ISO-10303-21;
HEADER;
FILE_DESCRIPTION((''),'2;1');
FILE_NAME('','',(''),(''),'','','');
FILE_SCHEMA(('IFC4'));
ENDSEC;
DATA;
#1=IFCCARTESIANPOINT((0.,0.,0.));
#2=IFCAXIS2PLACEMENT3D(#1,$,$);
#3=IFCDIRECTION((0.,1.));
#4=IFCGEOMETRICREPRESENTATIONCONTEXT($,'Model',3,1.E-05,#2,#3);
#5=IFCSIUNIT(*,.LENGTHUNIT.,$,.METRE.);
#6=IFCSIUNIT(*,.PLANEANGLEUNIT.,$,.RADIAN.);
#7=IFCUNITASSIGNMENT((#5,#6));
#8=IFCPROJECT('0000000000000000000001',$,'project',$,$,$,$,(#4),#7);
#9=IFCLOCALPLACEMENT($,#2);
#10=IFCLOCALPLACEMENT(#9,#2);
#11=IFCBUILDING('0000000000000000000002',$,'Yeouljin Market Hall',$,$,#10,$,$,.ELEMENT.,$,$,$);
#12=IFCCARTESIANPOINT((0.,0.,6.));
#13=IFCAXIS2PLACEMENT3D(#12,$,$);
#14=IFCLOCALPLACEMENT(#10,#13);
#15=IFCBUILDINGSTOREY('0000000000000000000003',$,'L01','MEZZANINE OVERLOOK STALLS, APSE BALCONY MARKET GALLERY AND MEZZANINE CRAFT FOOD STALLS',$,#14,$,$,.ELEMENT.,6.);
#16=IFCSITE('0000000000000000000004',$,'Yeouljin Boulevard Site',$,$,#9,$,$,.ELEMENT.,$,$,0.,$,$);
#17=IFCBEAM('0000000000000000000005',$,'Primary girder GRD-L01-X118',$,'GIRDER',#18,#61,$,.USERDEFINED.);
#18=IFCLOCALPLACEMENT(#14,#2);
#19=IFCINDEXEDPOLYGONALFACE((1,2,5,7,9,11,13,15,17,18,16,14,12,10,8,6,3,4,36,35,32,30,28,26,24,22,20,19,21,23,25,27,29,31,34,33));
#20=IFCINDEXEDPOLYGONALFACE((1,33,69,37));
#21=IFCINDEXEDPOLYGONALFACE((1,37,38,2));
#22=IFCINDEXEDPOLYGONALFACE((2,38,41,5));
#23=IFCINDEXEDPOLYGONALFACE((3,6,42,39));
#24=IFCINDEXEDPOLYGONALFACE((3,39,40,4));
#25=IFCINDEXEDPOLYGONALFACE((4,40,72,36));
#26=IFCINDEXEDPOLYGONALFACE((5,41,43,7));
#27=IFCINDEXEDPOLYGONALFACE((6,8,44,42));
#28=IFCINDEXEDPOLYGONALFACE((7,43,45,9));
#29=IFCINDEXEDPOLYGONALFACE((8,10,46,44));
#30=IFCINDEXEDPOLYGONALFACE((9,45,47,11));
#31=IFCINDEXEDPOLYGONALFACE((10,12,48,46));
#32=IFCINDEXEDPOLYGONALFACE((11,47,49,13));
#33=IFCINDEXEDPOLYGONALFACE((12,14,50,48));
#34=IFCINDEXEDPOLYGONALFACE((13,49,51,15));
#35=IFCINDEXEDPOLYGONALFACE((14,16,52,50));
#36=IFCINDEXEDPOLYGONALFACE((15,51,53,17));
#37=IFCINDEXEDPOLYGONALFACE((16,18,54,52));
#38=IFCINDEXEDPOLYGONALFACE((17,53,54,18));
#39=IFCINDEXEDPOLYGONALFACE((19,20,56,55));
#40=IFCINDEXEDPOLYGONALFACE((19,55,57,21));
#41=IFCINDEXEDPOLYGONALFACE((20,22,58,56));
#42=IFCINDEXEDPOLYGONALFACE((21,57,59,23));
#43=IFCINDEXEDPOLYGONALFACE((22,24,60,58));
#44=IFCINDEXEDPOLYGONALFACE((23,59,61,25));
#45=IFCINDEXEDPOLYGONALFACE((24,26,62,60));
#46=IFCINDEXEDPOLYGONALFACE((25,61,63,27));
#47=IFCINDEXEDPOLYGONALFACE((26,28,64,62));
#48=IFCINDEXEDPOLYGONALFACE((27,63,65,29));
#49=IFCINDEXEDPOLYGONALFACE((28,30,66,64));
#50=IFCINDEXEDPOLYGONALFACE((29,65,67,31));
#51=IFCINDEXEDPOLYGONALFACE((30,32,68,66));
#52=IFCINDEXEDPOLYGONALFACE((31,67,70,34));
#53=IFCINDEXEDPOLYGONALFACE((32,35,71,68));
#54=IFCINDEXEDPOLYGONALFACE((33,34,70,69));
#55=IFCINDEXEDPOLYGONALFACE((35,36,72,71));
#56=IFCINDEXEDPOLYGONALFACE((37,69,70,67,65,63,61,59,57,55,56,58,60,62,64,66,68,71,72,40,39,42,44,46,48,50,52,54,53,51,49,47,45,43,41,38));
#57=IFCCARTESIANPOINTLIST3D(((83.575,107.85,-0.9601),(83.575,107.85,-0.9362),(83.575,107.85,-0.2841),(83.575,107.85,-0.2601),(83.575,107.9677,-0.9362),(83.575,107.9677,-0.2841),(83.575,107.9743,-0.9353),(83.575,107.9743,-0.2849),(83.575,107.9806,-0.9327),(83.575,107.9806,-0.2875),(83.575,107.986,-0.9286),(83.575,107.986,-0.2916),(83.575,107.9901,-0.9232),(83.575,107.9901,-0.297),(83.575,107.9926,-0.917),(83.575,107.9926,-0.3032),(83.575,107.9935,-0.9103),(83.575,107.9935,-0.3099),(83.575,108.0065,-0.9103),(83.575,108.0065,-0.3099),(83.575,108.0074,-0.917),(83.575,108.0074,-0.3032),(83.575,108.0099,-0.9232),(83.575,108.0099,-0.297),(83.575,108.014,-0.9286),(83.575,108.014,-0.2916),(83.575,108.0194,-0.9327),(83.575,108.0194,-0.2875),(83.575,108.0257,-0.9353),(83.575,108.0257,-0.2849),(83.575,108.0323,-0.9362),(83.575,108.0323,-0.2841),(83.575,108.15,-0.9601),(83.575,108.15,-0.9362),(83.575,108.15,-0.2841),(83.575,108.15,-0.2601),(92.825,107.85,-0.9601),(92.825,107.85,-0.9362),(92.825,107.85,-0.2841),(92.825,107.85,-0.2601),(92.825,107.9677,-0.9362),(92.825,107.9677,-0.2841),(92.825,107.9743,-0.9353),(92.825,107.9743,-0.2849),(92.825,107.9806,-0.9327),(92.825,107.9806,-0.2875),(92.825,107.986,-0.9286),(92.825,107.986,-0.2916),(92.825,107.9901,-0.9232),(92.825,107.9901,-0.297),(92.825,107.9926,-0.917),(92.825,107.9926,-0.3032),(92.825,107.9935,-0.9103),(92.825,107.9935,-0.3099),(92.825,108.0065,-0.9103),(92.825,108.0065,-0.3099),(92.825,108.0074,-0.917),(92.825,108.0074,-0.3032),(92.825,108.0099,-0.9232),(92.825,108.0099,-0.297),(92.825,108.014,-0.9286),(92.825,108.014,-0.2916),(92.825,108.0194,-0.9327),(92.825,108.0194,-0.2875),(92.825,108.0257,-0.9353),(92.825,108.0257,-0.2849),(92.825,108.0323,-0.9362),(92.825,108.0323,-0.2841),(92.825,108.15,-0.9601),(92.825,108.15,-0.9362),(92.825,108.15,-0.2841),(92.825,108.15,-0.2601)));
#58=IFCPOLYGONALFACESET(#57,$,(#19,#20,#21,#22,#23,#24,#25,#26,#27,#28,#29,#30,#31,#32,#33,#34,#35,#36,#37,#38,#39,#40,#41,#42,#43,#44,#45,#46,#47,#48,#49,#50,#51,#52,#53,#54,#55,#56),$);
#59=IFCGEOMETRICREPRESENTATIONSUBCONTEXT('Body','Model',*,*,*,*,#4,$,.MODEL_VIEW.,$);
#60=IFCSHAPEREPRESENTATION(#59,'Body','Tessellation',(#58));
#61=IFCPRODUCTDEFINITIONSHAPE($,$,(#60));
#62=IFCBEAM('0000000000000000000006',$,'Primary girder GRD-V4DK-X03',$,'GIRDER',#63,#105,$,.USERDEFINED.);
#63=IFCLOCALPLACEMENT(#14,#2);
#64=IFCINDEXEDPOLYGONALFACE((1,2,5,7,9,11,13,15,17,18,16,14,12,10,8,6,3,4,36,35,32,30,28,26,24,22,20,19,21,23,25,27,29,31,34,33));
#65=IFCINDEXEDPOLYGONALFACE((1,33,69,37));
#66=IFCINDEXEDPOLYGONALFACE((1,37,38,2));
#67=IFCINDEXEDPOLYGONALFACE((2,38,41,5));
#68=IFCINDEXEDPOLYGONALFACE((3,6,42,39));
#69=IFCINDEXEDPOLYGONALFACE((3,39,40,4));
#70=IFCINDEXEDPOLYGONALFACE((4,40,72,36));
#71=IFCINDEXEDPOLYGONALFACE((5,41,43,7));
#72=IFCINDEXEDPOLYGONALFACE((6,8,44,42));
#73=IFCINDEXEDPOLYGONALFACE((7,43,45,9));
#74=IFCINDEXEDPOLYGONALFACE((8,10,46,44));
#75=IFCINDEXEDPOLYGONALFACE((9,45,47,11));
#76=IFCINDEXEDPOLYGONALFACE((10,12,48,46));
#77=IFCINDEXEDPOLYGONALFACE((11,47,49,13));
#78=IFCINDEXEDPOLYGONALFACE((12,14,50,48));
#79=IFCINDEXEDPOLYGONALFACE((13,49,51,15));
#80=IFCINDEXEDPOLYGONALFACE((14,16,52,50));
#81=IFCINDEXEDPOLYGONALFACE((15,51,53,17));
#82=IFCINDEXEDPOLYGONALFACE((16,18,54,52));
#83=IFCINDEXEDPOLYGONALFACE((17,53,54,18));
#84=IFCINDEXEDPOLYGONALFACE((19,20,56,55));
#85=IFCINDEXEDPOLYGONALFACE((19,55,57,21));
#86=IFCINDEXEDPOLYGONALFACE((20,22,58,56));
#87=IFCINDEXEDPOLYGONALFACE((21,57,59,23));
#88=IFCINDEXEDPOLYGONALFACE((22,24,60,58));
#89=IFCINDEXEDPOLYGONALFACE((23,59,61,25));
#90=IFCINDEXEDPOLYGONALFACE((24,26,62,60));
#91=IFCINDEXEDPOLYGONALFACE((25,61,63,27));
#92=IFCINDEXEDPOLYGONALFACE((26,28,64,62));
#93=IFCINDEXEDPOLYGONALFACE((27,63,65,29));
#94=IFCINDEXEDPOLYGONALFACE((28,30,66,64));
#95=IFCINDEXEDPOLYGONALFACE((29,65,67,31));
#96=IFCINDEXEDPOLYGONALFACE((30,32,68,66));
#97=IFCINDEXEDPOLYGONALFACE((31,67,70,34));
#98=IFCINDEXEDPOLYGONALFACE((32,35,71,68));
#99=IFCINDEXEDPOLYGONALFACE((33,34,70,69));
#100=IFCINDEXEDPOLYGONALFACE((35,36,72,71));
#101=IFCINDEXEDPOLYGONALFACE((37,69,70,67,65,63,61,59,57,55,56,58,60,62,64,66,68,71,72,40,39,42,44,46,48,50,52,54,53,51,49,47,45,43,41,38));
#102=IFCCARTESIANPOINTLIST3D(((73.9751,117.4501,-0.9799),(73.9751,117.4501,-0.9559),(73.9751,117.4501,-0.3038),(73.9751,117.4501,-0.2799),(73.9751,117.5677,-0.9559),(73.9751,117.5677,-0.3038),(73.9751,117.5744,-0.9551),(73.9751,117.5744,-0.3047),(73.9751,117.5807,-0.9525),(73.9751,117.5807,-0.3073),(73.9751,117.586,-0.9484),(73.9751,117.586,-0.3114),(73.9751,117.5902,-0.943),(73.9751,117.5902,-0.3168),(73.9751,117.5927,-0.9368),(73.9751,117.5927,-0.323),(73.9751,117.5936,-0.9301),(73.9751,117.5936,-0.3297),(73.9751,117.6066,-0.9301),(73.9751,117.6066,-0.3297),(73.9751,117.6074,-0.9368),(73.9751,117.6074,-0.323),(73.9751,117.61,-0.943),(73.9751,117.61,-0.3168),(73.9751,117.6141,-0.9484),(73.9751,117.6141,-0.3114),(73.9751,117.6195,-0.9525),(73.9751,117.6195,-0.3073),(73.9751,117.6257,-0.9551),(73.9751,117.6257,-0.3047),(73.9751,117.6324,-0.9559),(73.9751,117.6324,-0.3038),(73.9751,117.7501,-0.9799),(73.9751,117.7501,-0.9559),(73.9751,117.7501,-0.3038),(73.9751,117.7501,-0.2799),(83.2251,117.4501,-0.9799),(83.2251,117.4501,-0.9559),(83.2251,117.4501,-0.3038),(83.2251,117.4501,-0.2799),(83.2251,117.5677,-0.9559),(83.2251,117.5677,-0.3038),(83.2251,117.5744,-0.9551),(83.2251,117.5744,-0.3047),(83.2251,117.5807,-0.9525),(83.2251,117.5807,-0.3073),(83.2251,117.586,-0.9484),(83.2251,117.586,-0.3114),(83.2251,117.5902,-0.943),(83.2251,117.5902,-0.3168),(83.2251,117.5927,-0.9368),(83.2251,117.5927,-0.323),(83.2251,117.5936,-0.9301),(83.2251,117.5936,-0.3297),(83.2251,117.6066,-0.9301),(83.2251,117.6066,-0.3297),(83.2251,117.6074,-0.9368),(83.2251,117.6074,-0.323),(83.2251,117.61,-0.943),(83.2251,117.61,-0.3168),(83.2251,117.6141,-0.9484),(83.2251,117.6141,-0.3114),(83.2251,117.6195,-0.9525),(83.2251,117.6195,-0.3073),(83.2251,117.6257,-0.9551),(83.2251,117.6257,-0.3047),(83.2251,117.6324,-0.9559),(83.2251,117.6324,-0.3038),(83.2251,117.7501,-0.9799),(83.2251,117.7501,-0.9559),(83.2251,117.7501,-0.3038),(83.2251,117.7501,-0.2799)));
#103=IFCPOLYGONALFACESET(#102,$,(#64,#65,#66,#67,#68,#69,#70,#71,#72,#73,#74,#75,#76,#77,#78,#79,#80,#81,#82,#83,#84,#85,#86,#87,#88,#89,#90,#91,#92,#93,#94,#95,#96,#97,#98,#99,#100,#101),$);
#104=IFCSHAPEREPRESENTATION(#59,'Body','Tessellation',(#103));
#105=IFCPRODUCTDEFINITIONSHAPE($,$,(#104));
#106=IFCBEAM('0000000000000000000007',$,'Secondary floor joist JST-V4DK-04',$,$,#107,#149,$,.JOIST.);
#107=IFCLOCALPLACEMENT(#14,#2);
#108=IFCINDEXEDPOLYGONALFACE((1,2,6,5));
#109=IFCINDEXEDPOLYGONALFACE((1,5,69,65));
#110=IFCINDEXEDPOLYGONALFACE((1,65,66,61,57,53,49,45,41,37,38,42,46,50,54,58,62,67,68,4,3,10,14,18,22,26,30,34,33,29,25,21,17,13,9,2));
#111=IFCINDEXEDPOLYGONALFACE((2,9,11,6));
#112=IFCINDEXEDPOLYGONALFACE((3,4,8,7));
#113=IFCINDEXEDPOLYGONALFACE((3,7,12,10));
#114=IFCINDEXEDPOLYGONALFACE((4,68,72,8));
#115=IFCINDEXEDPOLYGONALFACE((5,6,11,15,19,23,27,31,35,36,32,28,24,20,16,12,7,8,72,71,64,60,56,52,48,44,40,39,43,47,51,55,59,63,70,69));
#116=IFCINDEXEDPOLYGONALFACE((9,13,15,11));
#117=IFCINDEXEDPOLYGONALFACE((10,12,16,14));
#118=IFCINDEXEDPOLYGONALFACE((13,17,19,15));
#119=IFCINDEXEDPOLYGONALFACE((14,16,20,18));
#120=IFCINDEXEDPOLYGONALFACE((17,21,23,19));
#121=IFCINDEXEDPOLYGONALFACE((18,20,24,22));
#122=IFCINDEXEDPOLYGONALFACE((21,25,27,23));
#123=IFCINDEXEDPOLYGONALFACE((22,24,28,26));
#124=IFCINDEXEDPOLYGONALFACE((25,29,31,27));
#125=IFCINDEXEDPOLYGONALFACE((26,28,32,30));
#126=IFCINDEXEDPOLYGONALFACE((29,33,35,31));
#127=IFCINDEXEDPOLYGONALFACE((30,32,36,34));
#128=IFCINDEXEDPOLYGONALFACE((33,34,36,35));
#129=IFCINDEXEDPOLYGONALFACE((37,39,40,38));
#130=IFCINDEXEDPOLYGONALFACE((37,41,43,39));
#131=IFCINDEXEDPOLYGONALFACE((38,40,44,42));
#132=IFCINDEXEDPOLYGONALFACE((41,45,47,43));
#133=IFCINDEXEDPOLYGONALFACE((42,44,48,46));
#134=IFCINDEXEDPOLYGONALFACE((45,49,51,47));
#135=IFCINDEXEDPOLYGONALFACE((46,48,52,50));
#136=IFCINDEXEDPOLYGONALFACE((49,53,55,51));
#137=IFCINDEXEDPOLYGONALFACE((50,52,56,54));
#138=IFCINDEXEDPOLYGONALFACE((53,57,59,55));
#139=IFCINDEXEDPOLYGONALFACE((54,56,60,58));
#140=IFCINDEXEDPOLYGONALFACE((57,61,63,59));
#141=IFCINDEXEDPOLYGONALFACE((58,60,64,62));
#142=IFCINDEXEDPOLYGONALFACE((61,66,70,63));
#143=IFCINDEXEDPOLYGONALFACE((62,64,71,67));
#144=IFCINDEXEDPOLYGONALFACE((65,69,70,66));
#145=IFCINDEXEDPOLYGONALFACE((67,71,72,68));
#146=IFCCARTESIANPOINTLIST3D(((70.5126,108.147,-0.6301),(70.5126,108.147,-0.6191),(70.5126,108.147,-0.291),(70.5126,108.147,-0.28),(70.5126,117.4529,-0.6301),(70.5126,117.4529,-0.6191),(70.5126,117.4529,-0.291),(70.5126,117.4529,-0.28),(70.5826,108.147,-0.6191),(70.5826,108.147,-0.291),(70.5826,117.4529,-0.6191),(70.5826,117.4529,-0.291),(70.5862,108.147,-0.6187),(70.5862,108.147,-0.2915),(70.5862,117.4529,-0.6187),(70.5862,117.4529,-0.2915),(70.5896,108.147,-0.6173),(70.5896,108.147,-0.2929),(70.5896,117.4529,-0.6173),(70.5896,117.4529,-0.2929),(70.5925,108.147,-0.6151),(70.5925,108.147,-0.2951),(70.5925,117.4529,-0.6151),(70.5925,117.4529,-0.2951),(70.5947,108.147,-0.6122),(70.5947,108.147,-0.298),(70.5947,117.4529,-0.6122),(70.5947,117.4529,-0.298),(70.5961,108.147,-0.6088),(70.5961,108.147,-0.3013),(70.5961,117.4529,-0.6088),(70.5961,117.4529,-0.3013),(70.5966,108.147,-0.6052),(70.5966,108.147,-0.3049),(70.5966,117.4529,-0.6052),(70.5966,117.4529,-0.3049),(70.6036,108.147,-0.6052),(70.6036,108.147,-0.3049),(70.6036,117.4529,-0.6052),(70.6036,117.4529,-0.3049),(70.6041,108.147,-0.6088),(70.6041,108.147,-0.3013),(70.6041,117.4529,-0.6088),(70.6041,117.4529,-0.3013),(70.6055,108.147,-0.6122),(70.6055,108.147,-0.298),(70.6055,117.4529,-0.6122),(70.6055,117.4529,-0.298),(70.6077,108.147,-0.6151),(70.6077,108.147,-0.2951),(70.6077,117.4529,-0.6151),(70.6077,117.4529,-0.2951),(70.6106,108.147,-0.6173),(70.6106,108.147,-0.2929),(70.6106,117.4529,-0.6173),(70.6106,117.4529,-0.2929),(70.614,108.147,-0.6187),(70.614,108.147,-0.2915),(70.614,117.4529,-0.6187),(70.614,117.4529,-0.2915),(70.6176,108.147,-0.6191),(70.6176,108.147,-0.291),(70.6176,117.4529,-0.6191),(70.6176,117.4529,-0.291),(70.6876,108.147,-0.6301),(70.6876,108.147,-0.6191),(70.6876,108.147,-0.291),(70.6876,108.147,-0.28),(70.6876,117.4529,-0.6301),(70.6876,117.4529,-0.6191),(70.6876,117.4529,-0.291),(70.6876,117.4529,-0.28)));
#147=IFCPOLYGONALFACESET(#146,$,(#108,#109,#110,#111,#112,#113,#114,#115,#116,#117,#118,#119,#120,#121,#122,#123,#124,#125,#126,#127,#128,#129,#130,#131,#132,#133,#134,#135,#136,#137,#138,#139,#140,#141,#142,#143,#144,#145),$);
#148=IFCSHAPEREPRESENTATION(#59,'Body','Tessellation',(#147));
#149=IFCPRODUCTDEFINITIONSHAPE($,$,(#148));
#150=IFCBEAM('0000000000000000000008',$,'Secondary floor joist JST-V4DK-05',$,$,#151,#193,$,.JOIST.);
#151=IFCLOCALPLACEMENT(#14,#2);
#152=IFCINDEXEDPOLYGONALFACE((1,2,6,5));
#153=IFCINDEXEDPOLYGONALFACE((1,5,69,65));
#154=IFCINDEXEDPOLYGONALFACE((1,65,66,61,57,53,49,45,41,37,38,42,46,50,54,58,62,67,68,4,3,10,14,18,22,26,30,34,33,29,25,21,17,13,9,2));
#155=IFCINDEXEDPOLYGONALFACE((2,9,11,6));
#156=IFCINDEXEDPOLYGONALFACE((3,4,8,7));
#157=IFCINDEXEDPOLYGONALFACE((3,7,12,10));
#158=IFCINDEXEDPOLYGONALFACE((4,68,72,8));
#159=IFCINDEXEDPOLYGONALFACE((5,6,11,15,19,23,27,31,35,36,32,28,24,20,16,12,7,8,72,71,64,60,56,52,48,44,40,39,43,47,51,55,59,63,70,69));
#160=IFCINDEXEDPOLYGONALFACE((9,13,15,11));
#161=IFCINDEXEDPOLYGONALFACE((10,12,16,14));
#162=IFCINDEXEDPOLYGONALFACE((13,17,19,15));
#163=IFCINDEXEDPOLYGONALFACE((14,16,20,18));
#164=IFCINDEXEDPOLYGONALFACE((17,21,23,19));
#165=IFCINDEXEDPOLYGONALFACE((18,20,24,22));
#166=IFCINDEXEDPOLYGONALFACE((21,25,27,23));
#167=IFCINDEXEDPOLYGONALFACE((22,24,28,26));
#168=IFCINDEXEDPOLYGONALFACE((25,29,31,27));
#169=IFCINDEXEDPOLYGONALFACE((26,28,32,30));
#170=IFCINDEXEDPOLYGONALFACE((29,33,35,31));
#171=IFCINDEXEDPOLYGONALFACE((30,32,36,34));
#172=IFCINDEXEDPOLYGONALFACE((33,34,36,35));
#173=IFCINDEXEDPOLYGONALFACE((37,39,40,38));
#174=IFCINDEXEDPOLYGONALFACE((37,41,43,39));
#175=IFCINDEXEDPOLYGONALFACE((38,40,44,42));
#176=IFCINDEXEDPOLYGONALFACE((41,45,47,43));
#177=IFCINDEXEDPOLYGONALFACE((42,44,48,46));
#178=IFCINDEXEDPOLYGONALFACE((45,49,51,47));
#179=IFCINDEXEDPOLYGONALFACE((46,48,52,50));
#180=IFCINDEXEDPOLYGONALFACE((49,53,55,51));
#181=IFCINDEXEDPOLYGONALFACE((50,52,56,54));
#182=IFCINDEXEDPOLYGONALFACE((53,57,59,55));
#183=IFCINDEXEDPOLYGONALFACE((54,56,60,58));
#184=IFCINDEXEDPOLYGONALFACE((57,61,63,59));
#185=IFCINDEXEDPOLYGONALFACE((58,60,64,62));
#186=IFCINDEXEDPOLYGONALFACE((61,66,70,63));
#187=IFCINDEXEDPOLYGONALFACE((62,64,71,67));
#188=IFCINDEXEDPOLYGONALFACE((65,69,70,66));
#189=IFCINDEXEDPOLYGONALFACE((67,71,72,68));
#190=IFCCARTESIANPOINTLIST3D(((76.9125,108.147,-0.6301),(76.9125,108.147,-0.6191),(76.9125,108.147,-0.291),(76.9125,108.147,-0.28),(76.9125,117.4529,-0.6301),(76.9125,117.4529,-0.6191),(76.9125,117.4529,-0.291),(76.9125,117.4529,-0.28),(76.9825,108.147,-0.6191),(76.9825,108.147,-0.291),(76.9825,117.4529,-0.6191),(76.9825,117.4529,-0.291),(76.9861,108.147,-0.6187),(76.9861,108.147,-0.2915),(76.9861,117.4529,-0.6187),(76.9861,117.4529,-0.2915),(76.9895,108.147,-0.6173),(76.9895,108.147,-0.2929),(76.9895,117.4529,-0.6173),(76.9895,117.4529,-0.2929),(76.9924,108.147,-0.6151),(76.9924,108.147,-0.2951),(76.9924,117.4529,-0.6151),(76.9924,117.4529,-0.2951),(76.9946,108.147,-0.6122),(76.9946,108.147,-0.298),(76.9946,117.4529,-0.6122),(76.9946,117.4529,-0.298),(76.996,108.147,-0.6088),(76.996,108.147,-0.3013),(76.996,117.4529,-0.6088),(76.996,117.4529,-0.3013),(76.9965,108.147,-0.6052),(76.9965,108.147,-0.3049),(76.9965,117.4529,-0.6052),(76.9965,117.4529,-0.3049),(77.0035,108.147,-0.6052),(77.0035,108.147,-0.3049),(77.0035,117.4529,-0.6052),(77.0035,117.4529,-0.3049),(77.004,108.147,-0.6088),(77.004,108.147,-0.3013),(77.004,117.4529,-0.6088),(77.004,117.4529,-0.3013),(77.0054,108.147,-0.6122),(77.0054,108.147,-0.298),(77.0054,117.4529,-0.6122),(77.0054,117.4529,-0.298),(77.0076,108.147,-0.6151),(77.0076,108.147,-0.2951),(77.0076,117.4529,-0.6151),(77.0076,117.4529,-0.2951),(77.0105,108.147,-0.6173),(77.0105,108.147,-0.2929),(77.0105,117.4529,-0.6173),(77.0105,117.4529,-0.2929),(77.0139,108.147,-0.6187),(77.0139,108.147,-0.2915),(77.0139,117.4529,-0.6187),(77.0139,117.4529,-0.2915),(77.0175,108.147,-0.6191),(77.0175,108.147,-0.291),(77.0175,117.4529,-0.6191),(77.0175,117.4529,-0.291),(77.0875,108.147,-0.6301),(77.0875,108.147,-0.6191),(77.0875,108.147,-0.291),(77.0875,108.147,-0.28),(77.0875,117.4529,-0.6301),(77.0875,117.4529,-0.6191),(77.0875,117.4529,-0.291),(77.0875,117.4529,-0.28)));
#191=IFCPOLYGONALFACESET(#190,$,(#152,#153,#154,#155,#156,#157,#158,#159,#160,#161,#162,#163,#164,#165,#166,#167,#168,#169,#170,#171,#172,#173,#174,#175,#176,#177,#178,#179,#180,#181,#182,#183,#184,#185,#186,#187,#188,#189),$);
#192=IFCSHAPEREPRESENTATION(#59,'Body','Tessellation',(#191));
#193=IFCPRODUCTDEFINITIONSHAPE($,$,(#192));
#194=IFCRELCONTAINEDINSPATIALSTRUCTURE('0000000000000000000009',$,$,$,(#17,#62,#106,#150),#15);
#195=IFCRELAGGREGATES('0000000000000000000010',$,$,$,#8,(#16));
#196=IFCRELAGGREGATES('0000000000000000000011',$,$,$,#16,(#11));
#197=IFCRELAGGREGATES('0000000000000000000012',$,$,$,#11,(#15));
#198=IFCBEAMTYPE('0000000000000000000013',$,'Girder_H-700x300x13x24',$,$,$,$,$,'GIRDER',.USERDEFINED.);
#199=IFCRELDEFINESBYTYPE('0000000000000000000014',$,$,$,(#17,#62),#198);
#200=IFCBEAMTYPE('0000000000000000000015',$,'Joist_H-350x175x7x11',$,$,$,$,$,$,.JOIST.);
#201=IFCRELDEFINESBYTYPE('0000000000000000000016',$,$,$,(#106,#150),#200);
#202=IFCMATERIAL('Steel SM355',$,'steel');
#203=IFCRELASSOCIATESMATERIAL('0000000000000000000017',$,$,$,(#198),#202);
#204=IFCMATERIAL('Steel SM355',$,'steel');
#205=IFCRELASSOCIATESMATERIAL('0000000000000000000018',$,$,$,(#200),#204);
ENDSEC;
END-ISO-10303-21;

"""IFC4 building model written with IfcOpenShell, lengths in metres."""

from ifc_helpers import new_model, si_unit, direction, frame, origin, origin_2d, place, context, subcontext, project, spatial, i_section, extrude, material, material_profile, profile_set, type_object, element, save


model = new_model("IFC4")

# Units and contexts
model_context = context("Model", 3, precision=1e-05, world=origin(), true_north=direction((0.0, 1.0)))
body_context = subcontext(model_context, "Body", "Model", "MODEL_VIEW")
ifc_project = project(units=[si_unit("LENGTHUNIT", "METRE"), si_unit("PLANEANGLEUNIT", "RADIAN")], contexts=[model_context])

# Site, building, storey
site_placement = place(None, origin())
site = spatial("IfcSite", under=ifc_project, at=site_placement, Name="Yeouljin Boulevard Site", CompositionType="ELEMENT", RefElevation=0.0)
building_placement = place(site_placement, origin())
building = spatial("IfcBuilding", under=site, at=building_placement, Name="Yeouljin Market Hall", CompositionType="ELEMENT")
storey_placement = place(building_placement, frame((0.0, 0.0, 6.0)))
storey = spatial("IfcBuildingStorey", under=building, at=storey_placement, Name="L01", Description="MEZZANINE OVERLOOK STALLS, APSE BALCONY MARKET GALLERY AND MEZZANINE CRAFT FOOD STALLS", CompositionType="ELEMENT", Elevation=6.0)

# Beams
ifc_material_1 = material(Name="Steel SM355", Category="steel")
ifc_material_profile_1 = material_profile(ifc_material_1, i_section(OverallWidth=0.3, OverallDepth=0.7, WebThickness=0.0129, FlangeThickness=0.0239, FilletRadius=0.0259, at=origin_2d()), Name="H-700x300x13x24")
ifc_profile_set_1 = profile_set([ifc_material_profile_1], Name="Steel SM355")
beam_type_1 = type_object("IfcBeamType", Name="Girder_H-700x300x13x24", ElementType="GIRDER", PredefinedType="USERDEFINED", material=ifc_profile_set_1)
for number, where, z_axis, x_axis, name in (
    (1, (83.575, 108.0, -0.6101), (1.0, 0.0, 0.0), (0.0, 1.0, 0.0), "Primary girder GRD-L01-X118"),
    (2, (73.9751, 117.6001, -0.6299), (1.0, 0.0, 0.0), (0.0, 1.0, 0.0), "Primary girder GRD-V4DK-X03"),
):
    element("IfcBeam", number, at=place(storey_placement, frame(where, z_axis=z_axis, x_axis=x_axis)), inside=storey, type_object=beam_type_1, Name=name, ObjectType="GIRDER", PredefinedType="USERDEFINED", context=body_context, shape_type="SweptSolid", body=[
        extrude(i_section(OverallWidth=0.3, OverallDepth=0.7, WebThickness=0.0129, FlangeThickness=0.0239, FilletRadius=0.0259, at=origin_2d()), origin(), (0.0, 0.0, 1.0), 9.25),
    ])
ifc_material_2 = material(Name="Steel SM355", Category="steel")
ifc_material_profile_2 = material_profile(ifc_material_2, i_section(OverallWidth=0.175, OverallDepth=0.3501, WebThickness=0.0071, FlangeThickness=0.011, FilletRadius=0.0139, at=origin_2d()), Name="H-350x175x7x11")
ifc_profile_set_2 = profile_set([ifc_material_profile_2], Name="Steel SM355")
beam_type_2 = type_object("IfcBeamType", Name="Joist_H-350x175x7x11", PredefinedType="JOIST", material=ifc_profile_set_2)
for number, where, z_axis, x_axis, name in (
    (3, (70.6001, 108.147, -0.4551), (0.0, 1.0, 0.0), (-1.0, 0.0, 0.0), "Secondary floor joist JST-V4DK-04"),
    (4, (77.0, 108.147, -0.4551), (0.0, 1.0, 0.0), (-1.0, 0.0, 0.0), "Secondary floor joist JST-V4DK-05"),
):
    element("IfcBeam", number, at=place(storey_placement, frame(where, z_axis=z_axis, x_axis=x_axis)), inside=storey, type_object=beam_type_2, Name=name, PredefinedType="JOIST", context=body_context, shape_type="SweptSolid", body=[
        extrude(i_section(OverallWidth=0.175, OverallDepth=0.3501, WebThickness=0.0071, FlangeThickness=0.011, FilletRadius=0.0139, at=origin_2d()), origin(), (0.0, 0.0, 1.0), 9.3059),
    ])

save(model, "model.ifc")
